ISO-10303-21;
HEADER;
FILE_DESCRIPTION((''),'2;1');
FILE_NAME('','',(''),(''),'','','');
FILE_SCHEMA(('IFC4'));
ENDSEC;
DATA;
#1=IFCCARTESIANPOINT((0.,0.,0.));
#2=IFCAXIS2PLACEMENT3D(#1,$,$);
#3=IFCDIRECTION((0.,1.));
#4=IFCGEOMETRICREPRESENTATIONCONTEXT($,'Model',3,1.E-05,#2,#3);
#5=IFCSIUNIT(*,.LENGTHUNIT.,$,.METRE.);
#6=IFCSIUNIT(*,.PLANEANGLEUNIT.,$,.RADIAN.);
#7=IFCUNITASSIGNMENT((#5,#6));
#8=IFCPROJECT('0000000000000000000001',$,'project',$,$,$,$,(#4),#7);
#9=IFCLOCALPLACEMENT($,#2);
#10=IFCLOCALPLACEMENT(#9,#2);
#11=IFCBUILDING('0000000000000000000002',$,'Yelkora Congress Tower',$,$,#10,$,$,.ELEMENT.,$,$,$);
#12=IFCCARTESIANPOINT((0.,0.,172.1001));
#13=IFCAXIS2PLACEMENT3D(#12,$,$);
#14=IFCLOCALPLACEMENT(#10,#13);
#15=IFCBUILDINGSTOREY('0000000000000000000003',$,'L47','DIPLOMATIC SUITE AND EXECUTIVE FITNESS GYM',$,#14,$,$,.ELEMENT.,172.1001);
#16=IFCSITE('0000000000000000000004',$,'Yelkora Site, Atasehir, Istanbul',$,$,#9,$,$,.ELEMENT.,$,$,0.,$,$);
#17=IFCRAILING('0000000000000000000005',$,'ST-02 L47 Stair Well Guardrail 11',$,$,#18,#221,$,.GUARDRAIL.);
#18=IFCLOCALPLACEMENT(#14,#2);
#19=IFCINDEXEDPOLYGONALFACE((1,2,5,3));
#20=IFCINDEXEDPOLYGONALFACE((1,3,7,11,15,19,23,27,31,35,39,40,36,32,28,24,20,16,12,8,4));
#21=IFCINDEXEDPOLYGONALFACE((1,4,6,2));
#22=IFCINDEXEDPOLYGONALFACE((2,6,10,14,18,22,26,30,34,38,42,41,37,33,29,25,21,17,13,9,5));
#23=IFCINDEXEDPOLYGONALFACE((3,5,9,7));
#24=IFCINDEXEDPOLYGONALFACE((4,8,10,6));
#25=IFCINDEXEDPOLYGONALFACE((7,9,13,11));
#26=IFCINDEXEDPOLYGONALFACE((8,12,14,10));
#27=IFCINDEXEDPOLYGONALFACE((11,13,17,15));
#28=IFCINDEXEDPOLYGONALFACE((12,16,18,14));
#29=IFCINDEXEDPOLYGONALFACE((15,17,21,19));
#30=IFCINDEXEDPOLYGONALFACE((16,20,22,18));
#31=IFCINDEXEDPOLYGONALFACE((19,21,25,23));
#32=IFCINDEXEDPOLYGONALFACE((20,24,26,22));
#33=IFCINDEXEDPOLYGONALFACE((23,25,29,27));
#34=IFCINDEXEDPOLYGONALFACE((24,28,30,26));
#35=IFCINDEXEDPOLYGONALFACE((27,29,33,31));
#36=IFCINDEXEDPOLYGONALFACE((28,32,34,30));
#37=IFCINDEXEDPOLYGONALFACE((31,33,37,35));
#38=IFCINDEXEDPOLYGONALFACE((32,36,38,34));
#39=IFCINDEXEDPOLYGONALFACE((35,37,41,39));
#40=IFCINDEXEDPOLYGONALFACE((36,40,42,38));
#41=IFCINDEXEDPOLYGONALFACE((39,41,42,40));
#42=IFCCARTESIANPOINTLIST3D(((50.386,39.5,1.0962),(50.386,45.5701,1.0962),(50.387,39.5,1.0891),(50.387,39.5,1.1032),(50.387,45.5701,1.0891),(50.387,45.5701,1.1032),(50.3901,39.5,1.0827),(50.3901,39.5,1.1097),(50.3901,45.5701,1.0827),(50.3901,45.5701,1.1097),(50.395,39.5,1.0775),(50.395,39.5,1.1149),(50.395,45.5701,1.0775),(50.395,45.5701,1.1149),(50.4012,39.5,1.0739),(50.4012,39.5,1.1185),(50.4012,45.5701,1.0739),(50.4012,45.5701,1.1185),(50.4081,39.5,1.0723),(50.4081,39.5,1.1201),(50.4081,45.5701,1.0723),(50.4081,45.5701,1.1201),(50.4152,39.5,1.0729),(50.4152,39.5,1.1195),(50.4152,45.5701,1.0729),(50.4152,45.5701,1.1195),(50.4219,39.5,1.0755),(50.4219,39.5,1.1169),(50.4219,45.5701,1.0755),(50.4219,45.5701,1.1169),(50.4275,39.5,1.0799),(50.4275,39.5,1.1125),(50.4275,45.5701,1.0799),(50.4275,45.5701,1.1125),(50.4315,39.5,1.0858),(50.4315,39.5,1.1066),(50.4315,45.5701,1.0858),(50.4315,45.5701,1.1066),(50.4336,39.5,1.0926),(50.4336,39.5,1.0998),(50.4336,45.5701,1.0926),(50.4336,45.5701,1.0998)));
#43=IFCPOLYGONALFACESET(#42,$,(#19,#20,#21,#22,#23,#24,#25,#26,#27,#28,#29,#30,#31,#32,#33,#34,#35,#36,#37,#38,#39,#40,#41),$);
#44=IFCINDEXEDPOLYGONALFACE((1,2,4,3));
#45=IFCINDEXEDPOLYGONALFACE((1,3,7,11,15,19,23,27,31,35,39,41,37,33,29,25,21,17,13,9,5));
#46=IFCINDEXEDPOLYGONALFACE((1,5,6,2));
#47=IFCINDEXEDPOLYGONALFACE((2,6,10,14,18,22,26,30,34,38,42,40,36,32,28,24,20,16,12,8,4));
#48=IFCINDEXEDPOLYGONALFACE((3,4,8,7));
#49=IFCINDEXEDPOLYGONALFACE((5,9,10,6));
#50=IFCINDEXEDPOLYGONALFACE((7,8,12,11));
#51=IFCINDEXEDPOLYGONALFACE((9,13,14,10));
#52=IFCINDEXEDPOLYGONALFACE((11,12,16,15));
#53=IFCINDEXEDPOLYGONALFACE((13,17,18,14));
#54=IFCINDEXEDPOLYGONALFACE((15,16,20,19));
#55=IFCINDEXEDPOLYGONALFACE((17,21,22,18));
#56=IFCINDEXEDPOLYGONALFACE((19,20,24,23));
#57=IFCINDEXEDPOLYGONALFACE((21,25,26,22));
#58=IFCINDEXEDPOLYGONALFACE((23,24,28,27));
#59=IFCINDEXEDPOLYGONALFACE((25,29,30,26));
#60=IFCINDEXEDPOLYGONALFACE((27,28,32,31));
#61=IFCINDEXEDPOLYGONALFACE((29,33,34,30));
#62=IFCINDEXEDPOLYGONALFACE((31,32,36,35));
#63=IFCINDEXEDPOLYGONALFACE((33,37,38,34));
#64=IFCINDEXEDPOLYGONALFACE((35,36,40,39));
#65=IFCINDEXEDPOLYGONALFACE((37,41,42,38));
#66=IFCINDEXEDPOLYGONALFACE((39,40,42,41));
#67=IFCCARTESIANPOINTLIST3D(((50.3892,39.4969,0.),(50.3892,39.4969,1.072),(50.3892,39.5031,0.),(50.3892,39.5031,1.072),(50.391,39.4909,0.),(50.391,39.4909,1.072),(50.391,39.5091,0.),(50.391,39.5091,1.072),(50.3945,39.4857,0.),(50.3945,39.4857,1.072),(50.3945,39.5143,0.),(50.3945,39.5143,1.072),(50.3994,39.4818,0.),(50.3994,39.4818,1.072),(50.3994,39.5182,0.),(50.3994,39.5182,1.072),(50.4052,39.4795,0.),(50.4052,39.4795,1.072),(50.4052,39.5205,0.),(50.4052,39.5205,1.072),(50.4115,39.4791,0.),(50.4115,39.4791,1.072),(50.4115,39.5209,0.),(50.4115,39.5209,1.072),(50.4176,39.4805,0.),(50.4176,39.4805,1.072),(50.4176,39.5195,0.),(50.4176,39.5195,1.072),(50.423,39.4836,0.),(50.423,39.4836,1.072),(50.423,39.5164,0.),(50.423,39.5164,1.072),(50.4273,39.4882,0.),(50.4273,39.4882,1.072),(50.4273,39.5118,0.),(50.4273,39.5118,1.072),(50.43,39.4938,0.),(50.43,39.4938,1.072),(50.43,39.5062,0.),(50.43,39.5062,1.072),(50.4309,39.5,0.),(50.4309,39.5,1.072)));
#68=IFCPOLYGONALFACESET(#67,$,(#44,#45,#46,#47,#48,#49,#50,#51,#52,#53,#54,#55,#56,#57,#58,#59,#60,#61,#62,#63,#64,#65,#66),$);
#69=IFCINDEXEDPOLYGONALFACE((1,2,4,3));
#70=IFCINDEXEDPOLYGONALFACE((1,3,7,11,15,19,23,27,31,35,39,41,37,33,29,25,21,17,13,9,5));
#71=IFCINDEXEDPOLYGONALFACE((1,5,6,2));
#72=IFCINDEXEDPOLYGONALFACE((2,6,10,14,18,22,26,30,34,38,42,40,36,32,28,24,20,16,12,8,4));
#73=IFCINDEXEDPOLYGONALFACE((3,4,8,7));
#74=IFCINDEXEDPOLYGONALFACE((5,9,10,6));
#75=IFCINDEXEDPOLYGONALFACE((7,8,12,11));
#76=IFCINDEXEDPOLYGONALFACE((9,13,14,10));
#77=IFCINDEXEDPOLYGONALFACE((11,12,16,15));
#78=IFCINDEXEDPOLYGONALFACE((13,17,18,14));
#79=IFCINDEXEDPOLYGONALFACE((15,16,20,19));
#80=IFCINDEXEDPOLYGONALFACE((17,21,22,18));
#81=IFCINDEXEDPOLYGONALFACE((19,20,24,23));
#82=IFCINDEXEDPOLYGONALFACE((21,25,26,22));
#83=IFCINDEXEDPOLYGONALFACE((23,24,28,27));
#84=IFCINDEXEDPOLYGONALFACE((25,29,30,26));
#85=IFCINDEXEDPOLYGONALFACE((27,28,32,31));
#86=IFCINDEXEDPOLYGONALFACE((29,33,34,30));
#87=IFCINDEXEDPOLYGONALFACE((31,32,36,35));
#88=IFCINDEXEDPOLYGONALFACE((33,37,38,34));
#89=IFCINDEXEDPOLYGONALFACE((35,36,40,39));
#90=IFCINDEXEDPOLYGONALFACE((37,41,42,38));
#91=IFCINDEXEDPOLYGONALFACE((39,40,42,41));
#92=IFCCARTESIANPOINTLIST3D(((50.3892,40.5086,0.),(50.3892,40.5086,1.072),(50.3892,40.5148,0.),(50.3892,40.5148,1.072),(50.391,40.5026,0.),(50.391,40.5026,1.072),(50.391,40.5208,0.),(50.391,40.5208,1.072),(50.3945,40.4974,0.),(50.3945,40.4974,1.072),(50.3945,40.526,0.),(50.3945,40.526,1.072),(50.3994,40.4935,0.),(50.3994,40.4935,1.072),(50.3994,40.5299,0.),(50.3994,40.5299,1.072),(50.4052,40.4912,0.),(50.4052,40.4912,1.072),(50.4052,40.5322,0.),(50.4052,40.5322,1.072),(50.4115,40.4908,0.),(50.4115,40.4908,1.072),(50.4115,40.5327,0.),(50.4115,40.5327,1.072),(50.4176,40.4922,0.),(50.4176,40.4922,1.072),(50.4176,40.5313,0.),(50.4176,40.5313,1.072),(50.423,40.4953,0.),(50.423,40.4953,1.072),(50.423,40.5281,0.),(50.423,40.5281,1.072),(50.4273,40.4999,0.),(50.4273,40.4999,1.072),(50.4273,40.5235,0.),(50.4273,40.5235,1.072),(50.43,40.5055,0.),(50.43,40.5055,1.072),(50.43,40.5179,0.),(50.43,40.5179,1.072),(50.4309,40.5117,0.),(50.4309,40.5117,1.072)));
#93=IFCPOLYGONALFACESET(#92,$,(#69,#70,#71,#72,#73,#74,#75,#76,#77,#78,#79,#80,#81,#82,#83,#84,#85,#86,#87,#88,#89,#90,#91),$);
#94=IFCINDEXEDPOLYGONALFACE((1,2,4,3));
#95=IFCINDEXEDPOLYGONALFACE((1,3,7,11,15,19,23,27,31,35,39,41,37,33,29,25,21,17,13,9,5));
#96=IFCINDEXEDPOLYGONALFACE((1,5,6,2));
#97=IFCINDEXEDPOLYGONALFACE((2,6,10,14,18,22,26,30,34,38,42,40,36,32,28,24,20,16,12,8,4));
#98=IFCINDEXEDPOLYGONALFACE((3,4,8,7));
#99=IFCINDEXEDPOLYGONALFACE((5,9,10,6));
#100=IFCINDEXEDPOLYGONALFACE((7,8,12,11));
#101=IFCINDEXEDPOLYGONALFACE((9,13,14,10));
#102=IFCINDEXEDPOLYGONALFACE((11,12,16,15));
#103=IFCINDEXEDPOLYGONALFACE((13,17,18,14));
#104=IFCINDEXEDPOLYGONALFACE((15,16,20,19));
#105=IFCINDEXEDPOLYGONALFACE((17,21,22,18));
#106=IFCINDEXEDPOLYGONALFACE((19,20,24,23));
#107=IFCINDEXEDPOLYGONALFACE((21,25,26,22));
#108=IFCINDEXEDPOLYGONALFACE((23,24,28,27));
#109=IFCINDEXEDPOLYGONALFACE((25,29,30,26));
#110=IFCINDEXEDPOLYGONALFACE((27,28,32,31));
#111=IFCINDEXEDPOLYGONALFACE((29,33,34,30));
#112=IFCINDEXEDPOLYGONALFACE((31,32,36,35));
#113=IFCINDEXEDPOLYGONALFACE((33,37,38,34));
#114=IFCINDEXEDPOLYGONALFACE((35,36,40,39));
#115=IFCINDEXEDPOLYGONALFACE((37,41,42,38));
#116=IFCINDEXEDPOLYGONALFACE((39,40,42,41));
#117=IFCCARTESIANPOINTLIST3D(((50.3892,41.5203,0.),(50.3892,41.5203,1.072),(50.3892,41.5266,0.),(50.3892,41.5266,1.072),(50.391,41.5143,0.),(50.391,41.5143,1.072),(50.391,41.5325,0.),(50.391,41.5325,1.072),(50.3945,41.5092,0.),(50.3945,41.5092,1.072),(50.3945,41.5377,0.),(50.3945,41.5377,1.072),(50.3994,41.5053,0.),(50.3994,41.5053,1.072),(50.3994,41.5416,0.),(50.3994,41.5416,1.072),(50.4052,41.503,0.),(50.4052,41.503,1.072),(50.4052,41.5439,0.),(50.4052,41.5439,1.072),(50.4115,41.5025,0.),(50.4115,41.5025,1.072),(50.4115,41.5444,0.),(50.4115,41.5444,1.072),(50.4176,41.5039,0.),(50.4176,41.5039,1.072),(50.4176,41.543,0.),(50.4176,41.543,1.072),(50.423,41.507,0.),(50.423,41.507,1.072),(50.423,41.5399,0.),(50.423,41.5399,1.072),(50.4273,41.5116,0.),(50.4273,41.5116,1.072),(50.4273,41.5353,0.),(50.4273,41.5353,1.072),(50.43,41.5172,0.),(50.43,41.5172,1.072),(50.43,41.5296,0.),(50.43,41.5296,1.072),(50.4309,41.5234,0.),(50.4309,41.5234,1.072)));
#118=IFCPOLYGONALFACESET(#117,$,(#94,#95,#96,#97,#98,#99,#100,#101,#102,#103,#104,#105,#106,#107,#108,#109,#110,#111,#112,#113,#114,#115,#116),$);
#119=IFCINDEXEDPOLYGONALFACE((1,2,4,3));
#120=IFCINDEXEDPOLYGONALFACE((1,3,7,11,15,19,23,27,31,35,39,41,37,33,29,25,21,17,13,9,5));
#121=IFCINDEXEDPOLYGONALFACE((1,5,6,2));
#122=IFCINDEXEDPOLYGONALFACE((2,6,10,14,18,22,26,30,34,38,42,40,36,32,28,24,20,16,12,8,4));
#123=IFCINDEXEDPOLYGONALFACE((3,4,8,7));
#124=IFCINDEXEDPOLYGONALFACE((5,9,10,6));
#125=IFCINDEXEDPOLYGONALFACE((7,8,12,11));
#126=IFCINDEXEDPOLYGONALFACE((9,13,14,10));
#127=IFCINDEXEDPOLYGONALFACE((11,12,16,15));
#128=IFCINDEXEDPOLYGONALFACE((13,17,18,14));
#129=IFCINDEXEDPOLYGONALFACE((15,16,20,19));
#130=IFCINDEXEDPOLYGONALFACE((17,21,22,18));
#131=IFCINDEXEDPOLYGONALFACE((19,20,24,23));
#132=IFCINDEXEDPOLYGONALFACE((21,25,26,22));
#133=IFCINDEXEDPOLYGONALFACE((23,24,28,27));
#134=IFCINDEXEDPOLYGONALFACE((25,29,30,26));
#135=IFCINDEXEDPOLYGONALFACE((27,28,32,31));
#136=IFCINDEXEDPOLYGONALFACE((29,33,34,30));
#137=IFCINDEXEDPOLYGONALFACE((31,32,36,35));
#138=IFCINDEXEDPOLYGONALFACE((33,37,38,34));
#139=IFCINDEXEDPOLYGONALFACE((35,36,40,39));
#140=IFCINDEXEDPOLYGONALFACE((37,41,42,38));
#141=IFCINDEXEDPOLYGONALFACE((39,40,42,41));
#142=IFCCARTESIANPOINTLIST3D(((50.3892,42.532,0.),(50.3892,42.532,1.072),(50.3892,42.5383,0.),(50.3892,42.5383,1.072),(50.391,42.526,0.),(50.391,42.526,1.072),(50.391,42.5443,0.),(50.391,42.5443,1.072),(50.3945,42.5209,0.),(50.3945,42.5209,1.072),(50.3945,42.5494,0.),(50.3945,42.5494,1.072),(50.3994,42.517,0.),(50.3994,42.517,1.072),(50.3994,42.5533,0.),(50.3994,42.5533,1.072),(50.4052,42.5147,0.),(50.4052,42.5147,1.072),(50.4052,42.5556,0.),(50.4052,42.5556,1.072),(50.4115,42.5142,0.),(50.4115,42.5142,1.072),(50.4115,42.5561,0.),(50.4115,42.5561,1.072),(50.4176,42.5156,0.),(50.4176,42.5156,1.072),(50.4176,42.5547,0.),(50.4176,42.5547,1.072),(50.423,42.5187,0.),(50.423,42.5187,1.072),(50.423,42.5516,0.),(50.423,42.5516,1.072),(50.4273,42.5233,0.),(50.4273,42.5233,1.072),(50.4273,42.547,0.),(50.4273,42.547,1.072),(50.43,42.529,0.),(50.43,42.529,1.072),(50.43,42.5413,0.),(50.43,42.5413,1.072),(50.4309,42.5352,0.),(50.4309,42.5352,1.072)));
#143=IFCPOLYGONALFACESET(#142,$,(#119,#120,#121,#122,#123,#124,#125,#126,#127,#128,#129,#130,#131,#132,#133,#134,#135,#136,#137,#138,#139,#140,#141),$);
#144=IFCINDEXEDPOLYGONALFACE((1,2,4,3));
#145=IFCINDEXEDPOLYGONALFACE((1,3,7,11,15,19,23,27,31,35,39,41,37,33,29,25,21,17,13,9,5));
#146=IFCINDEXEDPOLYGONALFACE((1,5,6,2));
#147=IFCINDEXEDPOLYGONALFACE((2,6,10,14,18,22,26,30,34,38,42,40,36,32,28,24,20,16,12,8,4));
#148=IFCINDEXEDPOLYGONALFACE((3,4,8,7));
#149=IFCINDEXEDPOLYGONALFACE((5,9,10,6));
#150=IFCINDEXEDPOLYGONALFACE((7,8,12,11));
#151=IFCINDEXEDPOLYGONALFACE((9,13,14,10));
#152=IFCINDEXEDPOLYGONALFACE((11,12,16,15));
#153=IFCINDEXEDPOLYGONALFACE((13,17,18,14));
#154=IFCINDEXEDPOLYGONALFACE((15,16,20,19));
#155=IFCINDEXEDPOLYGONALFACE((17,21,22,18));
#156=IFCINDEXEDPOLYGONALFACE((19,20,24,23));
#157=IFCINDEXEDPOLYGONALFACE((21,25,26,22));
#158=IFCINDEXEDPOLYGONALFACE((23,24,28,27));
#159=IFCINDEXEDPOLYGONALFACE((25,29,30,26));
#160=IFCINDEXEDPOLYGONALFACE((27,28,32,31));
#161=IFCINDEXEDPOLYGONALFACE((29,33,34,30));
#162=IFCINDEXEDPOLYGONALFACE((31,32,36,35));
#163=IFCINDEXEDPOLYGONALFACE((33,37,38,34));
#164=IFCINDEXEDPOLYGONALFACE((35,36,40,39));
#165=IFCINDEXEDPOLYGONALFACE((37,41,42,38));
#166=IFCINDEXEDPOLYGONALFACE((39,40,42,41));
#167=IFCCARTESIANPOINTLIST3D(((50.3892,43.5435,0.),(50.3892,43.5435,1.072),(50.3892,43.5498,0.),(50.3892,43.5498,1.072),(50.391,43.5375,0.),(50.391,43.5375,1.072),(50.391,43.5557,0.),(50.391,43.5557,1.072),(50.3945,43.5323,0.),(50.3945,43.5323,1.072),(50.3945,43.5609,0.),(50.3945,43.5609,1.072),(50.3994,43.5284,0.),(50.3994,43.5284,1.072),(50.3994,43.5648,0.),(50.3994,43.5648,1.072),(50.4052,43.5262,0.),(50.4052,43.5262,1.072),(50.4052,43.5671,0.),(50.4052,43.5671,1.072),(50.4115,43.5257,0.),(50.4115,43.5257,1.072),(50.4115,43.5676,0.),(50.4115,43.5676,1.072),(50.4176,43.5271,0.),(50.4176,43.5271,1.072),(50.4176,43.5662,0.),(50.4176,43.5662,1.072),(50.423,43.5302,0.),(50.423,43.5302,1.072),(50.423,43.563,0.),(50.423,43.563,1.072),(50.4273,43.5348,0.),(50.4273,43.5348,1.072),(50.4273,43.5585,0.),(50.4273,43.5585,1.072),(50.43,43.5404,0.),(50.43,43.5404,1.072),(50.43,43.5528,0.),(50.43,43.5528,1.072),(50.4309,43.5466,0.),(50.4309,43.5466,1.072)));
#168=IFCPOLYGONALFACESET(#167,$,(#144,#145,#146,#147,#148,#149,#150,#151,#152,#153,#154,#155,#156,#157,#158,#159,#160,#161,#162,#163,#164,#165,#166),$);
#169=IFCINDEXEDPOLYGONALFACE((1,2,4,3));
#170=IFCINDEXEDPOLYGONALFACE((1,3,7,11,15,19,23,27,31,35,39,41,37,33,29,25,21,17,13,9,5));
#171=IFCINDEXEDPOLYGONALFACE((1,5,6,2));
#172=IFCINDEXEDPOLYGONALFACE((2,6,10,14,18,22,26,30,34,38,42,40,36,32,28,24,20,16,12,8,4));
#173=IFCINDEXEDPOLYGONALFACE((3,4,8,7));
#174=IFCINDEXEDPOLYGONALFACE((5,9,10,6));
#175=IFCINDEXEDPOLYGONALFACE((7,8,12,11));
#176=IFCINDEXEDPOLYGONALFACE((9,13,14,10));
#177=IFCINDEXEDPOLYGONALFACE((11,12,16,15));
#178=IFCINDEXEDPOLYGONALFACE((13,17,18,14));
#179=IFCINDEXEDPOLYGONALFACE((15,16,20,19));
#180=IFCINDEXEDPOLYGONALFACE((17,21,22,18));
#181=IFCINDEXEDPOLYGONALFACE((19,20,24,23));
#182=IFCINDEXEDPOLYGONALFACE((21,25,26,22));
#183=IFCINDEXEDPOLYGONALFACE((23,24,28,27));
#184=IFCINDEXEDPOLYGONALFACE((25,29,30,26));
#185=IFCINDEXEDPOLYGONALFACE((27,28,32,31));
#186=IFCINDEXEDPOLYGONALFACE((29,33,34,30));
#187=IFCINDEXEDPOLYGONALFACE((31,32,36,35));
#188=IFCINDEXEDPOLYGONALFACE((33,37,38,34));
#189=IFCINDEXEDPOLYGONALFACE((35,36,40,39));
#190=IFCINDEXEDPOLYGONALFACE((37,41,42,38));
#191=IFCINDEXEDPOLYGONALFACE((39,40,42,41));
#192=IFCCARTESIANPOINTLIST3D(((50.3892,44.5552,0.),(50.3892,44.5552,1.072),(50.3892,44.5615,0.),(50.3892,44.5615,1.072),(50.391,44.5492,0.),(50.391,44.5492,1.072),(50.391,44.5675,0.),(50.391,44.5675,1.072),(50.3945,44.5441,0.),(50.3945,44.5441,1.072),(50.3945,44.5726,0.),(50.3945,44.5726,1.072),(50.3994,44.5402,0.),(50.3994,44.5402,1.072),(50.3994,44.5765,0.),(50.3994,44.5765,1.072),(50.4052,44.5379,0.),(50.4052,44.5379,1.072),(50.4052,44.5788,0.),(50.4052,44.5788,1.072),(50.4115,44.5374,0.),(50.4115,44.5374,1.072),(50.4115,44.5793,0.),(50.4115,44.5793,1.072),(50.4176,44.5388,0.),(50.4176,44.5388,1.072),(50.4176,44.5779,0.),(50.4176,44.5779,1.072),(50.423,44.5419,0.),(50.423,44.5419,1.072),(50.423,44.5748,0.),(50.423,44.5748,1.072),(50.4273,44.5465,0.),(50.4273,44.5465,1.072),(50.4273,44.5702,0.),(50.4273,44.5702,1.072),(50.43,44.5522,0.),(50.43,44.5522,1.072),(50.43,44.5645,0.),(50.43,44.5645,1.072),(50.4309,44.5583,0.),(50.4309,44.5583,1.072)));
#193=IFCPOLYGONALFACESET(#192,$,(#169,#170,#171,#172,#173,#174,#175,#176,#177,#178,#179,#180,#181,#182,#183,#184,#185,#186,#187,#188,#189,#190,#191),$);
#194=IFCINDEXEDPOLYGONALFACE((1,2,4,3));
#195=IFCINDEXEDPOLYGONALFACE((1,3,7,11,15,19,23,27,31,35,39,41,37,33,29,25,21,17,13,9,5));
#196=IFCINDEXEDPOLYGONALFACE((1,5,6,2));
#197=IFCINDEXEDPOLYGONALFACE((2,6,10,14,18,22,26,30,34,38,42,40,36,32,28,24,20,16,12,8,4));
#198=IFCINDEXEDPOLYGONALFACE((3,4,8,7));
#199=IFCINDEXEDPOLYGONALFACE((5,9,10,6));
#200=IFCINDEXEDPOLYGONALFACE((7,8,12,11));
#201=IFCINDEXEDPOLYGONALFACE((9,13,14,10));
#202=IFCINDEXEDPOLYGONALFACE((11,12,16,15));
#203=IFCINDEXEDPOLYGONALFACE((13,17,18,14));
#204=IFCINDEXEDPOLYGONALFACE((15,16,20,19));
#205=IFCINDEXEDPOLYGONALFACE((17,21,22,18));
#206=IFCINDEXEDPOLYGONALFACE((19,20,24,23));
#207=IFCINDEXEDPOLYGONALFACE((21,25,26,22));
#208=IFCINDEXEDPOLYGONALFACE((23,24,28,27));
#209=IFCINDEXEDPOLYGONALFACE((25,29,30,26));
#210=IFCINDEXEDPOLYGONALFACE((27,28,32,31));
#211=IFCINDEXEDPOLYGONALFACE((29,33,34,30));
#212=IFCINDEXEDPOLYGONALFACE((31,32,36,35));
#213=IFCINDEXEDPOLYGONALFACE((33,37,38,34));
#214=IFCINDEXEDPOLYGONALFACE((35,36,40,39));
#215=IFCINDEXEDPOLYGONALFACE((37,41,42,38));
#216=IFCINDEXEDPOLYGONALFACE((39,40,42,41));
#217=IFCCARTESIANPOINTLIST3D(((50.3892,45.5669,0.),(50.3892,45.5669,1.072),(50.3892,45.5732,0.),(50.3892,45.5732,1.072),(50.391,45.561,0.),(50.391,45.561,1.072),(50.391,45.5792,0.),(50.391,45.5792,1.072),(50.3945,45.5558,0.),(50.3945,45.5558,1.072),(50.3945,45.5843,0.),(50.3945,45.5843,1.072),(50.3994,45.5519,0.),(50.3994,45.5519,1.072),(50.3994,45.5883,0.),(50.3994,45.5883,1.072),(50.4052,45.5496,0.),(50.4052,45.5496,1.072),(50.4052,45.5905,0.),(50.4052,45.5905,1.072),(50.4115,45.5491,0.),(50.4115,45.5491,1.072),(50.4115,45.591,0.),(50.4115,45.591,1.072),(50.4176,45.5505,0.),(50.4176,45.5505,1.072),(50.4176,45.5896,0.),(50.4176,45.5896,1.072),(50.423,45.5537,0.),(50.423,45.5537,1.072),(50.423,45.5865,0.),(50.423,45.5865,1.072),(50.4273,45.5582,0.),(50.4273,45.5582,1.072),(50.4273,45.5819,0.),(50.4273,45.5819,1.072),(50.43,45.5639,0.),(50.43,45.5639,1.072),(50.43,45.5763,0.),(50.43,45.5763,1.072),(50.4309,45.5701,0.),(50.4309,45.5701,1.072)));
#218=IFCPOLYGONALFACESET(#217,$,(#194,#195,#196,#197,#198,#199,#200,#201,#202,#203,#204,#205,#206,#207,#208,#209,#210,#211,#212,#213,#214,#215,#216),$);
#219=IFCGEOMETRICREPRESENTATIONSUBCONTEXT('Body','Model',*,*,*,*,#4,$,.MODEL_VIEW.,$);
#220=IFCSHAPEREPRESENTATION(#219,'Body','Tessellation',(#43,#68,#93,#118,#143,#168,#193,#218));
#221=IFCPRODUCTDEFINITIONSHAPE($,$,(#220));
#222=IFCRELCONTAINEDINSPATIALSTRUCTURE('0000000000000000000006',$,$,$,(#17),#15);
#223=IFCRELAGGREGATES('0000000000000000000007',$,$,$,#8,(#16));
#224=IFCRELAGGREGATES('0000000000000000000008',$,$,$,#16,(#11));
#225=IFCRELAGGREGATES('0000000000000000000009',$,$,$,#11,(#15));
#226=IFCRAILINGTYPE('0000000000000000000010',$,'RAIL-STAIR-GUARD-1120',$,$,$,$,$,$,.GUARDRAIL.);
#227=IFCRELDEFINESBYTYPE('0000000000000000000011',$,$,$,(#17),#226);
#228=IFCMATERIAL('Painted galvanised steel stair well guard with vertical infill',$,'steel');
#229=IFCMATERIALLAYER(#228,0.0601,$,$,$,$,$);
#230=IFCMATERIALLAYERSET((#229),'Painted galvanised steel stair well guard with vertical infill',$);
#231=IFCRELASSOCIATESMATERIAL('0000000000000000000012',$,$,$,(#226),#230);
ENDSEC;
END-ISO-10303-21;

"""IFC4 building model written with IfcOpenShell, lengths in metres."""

from ifc_helpers import new_model, si_unit, direction, frame, origin, origin_2d, place, context, subcontext, project, spatial, circle, extrude, material, layer, layer_set, type_object, element, save


model = new_model("IFC4")

# Units and contexts
model_context = context("Model", 3, precision=1e-05, world=origin(), true_north=direction((0.0, 1.0)))
body_context = subcontext(model_context, "Body", "Model", "MODEL_VIEW")
ifc_project = project(units=[si_unit("LENGTHUNIT", "METRE"), si_unit("PLANEANGLEUNIT", "RADIAN")], contexts=[model_context])

# Site, building, storey
site_placement = place(None, origin())
site = spatial("IfcSite", under=ifc_project, at=site_placement, Name="Yelkora Site, Atasehir, Istanbul", CompositionType="ELEMENT", RefElevation=0.0)
building_placement = place(site_placement, origin())
building = spatial("IfcBuilding", under=site, at=building_placement, Name="Yelkora Congress Tower", CompositionType="ELEMENT")
storey_placement = place(building_placement, frame((0.0, 0.0, 172.1001)))
storey = spatial("IfcBuildingStorey", under=building, at=storey_placement, Name="L47", Description="DIPLOMATIC SUITE AND EXECUTIVE FITNESS GYM", CompositionType="ELEMENT", Elevation=172.1001)

# Railing
ifc_material_1 = material(Name="Painted galvanised steel stair well guard with vertical infill", Category="steel")
ifc_layer_1 = layer(ifc_material_1, 0.0601)
ifc_layer_set_1 = layer_set([ifc_layer_1], Name="Painted galvanised steel stair well guard with vertical infill")
railing_type_1 = type_object("IfcRailingType", Name="RAIL-STAIR-GUARD-1120", PredefinedType="GUARDRAIL", material=ifc_layer_set_1)
railing_1_placement = place(storey_placement, frame((50.4099, 39.5, 0.0)))
element("IfcRailing", 1, at=railing_1_placement, inside=storey, type_object=railing_type_1, Name="ST-02 L47 Stair Well Guardrail 11", PredefinedType="GUARDRAIL", context=body_context, shape_type="SweptSolid", body=[
    extrude(circle(Radius=0.0239, at=origin_2d()), frame((0.0, 0.0, 1.0962), z_axis=(0.0, 1.0, 0.0), x_axis=(-1.0, 0.0, 0.0)), (0.0, 0.0, 1.0), 6.0701),
    extrude(circle(Radius=0.021, at=origin_2d()), origin(), (0.0, 0.0, 1.0), 1.072),
    extrude(circle(Radius=0.021, at=origin_2d()), frame((0.0, 1.0117, 0.0)), (0.0, 0.0, 1.0), 1.072),
    extrude(circle(Radius=0.021, at=origin_2d()), frame((0.0, 2.0234, 0.0)), (0.0, 0.0, 1.0), 1.072),
    extrude(circle(Radius=0.021, at=origin_2d()), frame((0.0, 3.0352, 0.0)), (0.0, 0.0, 1.0), 1.072),
    extrude(circle(Radius=0.021, at=origin_2d()), frame((0.0, 4.0466, 0.0)), (0.0, 0.0, 1.0), 1.072),
    extrude(circle(Radius=0.021, at=origin_2d()), frame((0.0, 5.0583, 0.0)), (0.0, 0.0, 1.0), 1.072),
    extrude(circle(Radius=0.021, at=origin_2d()), frame((0.0, 6.0701, 0.0)), (0.0, 0.0, 1.0), 1.072),
])

save(model, "model.ifc")
